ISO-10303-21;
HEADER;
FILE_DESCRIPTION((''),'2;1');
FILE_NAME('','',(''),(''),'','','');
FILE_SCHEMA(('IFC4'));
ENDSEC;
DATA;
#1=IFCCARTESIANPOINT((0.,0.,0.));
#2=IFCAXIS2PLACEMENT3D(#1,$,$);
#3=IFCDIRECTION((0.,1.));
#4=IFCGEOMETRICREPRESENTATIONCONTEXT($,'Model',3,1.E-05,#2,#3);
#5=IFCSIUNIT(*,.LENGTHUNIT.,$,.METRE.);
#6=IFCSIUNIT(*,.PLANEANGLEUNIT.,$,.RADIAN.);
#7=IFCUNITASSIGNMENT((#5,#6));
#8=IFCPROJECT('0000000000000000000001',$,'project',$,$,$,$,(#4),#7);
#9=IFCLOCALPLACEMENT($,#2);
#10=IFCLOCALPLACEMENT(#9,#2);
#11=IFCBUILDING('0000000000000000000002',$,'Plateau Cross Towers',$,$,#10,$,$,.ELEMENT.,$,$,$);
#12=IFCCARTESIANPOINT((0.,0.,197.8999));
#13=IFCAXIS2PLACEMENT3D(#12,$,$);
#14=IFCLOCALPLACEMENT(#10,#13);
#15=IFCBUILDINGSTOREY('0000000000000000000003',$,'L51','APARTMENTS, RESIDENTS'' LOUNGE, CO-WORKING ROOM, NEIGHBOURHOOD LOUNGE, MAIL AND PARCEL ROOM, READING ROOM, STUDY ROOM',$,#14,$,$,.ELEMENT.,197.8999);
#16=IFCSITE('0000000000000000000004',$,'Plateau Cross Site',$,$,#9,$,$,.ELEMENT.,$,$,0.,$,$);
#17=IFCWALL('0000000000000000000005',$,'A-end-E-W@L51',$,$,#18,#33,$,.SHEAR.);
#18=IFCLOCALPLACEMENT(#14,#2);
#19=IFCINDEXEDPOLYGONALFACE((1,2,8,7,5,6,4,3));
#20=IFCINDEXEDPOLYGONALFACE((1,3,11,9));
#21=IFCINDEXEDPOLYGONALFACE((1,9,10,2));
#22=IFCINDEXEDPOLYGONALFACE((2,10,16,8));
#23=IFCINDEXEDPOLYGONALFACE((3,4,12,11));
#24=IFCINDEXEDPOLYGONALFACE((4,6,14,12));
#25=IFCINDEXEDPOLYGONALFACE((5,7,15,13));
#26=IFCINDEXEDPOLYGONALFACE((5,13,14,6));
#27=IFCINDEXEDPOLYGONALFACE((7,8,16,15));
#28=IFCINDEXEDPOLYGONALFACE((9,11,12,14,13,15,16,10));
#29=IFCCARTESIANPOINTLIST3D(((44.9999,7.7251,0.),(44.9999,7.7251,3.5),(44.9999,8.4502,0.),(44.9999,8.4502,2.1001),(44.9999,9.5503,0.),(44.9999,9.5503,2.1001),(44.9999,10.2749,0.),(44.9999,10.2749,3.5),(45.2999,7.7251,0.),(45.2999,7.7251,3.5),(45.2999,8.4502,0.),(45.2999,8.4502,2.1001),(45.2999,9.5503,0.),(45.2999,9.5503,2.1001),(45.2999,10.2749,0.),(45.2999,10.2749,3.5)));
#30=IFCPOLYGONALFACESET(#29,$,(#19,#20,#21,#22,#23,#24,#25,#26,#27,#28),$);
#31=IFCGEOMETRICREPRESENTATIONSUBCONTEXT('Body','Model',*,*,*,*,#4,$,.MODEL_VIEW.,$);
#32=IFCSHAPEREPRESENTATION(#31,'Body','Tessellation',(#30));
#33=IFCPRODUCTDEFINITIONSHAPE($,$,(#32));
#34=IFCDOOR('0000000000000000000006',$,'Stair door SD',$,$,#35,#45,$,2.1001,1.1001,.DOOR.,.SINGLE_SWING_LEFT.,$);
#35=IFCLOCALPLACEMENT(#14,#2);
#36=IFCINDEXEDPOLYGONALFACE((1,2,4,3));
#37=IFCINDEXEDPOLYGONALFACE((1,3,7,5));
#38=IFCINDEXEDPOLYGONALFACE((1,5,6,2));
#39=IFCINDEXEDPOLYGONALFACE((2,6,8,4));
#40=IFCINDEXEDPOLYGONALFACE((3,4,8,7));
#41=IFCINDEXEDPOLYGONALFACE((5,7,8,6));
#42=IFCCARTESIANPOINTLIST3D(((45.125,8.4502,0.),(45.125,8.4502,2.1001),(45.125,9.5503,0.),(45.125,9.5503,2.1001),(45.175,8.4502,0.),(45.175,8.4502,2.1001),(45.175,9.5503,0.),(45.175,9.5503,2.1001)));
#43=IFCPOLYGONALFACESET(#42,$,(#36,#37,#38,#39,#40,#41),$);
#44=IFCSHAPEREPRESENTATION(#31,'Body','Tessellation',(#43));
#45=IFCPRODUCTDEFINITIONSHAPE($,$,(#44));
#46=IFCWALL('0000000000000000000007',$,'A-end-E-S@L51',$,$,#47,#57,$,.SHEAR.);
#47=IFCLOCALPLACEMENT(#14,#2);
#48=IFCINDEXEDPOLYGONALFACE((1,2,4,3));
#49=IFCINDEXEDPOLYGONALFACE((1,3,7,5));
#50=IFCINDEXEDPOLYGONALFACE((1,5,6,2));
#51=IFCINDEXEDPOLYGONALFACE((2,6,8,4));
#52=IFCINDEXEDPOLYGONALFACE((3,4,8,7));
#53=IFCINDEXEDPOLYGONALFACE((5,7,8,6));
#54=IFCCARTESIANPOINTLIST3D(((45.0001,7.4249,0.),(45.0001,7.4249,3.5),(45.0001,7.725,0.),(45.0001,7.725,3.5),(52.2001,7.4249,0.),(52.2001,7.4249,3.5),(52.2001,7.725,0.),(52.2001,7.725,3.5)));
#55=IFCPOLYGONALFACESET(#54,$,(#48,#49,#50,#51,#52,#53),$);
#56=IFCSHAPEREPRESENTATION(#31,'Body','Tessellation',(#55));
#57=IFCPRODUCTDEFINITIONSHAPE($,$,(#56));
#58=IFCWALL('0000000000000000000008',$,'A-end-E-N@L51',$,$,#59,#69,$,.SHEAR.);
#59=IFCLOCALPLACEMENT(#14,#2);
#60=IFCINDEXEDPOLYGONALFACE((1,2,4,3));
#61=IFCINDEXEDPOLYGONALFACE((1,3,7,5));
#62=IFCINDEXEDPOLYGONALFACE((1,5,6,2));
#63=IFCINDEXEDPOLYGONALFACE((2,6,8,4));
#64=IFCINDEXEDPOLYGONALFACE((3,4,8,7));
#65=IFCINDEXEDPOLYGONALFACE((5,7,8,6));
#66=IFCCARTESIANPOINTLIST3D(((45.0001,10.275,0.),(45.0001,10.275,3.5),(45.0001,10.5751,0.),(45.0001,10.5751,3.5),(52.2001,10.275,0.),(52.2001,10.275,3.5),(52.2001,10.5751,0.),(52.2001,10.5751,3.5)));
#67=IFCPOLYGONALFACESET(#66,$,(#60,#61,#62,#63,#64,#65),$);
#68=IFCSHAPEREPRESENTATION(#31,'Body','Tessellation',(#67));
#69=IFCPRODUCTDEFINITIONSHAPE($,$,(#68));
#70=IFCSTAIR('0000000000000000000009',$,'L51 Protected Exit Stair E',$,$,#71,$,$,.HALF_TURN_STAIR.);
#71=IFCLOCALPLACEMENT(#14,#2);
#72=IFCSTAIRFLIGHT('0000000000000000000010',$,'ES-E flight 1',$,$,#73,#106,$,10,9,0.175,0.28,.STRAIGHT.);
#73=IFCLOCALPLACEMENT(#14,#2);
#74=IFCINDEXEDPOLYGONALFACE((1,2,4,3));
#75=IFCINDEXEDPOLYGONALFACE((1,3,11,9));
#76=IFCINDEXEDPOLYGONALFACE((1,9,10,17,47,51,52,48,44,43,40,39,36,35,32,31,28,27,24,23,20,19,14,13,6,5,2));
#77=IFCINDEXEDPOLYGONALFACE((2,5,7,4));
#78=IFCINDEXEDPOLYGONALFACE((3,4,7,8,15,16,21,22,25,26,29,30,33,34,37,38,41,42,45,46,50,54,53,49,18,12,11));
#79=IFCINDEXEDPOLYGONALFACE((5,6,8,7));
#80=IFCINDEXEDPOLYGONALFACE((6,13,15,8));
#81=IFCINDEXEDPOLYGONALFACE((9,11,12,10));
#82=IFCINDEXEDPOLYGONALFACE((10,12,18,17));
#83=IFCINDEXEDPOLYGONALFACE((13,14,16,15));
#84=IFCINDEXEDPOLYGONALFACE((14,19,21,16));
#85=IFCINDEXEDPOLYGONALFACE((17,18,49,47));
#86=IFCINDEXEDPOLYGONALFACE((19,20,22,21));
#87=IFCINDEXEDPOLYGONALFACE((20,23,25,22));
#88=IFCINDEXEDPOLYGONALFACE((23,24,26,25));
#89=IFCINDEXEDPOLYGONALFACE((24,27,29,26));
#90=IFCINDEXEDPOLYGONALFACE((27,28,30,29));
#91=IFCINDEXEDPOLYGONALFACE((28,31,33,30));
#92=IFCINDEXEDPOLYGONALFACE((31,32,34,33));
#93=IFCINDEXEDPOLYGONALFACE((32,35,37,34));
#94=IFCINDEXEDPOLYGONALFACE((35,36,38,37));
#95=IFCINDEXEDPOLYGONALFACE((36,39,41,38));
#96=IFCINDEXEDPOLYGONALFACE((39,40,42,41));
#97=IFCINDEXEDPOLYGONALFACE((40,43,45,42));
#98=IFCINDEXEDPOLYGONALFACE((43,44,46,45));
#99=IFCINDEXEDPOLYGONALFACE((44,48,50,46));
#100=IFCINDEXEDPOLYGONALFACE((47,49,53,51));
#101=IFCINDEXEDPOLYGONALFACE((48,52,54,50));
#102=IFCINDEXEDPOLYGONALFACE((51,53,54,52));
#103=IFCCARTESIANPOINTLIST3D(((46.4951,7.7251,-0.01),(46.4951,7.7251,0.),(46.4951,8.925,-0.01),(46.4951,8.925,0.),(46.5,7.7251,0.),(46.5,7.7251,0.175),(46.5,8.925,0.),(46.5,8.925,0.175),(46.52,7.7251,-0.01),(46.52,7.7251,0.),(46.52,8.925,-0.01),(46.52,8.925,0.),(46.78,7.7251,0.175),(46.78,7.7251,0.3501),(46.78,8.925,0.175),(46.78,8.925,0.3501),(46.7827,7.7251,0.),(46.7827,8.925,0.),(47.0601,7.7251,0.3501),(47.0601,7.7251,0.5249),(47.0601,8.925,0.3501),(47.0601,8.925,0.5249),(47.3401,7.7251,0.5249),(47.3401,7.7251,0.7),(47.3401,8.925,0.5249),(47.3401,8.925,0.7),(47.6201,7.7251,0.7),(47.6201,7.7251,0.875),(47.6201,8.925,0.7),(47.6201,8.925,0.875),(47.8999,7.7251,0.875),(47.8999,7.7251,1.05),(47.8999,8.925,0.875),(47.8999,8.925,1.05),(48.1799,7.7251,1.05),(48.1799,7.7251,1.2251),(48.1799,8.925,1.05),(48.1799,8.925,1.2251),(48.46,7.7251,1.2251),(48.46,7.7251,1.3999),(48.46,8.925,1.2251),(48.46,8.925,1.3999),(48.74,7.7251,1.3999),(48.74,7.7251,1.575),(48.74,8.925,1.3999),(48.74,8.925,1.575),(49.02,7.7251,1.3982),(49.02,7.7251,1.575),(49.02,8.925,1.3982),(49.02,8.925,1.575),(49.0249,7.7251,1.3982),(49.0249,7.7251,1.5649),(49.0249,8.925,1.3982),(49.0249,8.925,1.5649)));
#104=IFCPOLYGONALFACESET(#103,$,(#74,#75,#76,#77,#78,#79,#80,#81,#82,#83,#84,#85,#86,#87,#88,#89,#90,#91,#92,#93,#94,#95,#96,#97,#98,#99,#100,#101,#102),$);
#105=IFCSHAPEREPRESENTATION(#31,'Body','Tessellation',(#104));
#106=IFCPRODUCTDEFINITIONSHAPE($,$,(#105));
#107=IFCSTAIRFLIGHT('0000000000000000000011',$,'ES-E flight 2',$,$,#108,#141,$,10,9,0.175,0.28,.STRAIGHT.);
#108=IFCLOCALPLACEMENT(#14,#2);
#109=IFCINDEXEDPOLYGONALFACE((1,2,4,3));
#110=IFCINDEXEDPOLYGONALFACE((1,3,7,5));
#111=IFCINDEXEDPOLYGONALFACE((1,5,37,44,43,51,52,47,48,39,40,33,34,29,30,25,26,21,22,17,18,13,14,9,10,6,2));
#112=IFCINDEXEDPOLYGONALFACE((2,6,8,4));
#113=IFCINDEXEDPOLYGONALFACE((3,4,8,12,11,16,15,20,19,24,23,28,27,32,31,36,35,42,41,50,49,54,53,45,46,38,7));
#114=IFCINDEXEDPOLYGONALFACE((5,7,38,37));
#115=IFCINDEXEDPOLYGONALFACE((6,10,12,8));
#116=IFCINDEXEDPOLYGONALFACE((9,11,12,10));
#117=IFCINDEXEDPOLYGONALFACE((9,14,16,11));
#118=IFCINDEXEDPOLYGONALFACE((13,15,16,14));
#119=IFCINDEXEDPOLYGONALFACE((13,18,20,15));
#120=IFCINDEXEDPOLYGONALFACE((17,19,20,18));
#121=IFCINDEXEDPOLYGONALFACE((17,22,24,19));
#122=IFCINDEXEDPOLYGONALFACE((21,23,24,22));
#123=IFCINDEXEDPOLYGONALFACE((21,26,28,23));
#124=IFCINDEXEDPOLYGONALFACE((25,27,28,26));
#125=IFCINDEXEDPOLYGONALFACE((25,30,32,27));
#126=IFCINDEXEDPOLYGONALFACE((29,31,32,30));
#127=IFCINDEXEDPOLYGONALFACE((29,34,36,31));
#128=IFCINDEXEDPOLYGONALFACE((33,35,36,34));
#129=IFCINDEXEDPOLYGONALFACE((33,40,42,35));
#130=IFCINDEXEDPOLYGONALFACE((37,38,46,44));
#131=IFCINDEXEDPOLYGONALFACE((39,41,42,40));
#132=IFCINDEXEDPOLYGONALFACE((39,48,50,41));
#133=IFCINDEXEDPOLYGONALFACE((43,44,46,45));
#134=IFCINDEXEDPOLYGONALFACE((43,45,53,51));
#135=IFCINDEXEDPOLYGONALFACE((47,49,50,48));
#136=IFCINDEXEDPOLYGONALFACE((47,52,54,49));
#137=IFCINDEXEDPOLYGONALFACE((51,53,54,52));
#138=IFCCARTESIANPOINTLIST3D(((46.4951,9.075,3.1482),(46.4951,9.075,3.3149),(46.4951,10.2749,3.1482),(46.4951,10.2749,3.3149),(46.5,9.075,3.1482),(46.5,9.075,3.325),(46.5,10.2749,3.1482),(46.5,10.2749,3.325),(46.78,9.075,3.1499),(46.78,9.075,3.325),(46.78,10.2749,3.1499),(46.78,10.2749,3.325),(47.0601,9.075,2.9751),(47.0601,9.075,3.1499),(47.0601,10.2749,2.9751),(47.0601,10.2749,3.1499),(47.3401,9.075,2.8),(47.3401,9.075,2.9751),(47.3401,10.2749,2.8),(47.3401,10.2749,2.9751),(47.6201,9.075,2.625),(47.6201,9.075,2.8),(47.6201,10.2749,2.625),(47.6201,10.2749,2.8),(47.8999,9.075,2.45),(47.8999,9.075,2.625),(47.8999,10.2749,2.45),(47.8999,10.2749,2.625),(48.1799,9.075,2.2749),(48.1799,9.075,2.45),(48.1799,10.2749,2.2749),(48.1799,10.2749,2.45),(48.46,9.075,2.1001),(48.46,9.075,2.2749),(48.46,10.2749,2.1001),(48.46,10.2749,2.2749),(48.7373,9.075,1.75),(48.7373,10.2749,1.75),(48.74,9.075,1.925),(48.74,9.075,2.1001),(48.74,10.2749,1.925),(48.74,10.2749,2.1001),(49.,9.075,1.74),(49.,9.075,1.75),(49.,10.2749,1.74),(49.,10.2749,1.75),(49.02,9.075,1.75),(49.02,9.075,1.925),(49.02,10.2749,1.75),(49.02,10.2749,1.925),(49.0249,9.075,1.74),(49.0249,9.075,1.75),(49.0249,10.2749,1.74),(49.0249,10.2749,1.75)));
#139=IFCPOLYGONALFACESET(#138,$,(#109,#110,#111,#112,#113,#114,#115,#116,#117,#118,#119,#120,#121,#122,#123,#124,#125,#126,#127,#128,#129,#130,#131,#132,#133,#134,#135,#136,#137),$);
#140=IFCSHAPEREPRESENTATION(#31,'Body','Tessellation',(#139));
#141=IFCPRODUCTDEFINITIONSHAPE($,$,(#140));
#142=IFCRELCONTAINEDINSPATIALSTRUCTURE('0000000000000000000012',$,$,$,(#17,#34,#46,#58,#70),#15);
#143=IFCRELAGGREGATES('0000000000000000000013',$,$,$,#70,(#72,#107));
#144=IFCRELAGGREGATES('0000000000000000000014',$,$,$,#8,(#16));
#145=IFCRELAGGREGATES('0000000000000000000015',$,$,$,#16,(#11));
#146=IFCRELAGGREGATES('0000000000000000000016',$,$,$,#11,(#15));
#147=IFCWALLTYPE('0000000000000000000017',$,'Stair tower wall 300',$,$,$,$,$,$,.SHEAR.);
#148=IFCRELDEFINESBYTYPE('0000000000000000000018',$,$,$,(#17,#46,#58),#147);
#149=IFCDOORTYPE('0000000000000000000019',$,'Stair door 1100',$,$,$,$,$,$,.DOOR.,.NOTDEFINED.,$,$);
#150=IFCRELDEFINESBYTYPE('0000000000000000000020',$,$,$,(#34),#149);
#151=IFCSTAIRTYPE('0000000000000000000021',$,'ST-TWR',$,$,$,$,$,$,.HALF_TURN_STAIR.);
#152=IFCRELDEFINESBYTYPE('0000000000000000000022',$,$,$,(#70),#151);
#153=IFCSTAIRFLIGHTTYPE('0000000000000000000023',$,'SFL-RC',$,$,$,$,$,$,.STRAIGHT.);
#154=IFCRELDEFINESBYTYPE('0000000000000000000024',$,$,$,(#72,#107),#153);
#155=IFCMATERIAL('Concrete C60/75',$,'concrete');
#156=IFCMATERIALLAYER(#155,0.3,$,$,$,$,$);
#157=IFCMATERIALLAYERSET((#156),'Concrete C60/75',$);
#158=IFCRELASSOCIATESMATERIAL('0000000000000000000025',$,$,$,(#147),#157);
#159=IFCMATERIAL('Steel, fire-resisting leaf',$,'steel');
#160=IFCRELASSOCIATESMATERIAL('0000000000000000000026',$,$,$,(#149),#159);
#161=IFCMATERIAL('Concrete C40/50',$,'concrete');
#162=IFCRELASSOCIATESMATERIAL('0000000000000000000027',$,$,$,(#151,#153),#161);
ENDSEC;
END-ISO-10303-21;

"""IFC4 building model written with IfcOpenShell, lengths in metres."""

from ifc_helpers import new_model, si_unit, direction, frame, frame_2d, origin, place, context, subcontext, project, spatial, polyline, rectangle, outline, extrude, material, layer, layer_set, type_object, element, fill, aggregate, save


model = new_model("IFC4")

# Units and contexts
model_context = context("Model", 3, precision=1e-05, world=origin(), true_north=direction((0.0, 1.0)))
body_context = subcontext(model_context, "Body", "Model", "MODEL_VIEW")
ifc_project = project(units=[si_unit("LENGTHUNIT", "METRE"), si_unit("PLANEANGLEUNIT", "RADIAN")], contexts=[model_context])

# Site, building, storey
site_placement = place(None, origin())
site = spatial("IfcSite", under=ifc_project, at=site_placement, Name="Plateau Cross Site", CompositionType="ELEMENT", RefElevation=0.0)
building_placement = place(site_placement, origin())
building = spatial("IfcBuilding", under=site, at=building_placement, Name="Plateau Cross Towers", CompositionType="ELEMENT")
storey_placement = place(building_placement, frame((0.0, 0.0, 197.8999)))
storey = spatial("IfcBuildingStorey", under=building, at=storey_placement, Name="L51", Description="APARTMENTS, RESIDENTS' LOUNGE, CO-WORKING ROOM, NEIGHBOURHOOD LOUNGE, MAIL AND PARCEL ROOM, READING ROOM, STUDY ROOM", CompositionType="ELEMENT", Elevation=197.8999)

# Wall, opening, door
ifc_material_1 = material(Name="Concrete C60/75", Category="concrete")
ifc_layer_1 = layer(ifc_material_1, 0.3)
ifc_layer_set_1 = layer_set([ifc_layer_1], Name="Concrete C60/75")
wall_type_1 = type_object("IfcWallType", Name="Stair tower wall 300", PredefinedType="SHEAR", material=ifc_layer_set_1)
wall_1_placement = place(storey_placement, frame((45.1499, 7.7251, 0.0), z_axis=(0.0, 0.0, 1.0), x_axis=(0.0, 1.0, 0.0)))
wall_1 = element("IfcWall", 1, at=wall_1_placement, inside=storey, type_object=wall_type_1, Name="A-end-E-W@L51", PredefinedType="SHEAR", context=body_context, shape_type="SweptSolid", body=[
    extrude(rectangle(XDim=2.5498, YDim=0.3, at=frame_2d((1.2749, 0.0))), origin(), (0.0, 0.0, 1.0), 3.5),
])
opening_1_placement = place(wall_1_placement, frame((0.7251, 0.0, 0.0)))
opening_1 = element("IfcOpeningElement", 2, at=opening_1_placement, cuts=wall_1, PredefinedType="OPENING", context=body_context, shape_type="SweptSolid", body=[
    extrude(rectangle(XDim=1.1001, YDim=2.1001, at=frame_2d((0.55, 1.05))), frame((0.0, 0.1599, 0.0), z_axis=(0.0, -1.0, 0.0), x_axis=(1.0, 0.0, 0.0)), (0.0, 0.0, 1.0), 0.3201),
])
ifc_material_2 = material(Name="Steel, fire-resisting leaf", Category="steel")
door_type_1 = type_object("IfcDoorType", Name="Stair door 1100", OperationType="NOTDEFINED", PredefinedType="DOOR", material=ifc_material_2)
door_1_placement = place(opening_1_placement, origin())
door_1 = element("IfcDoor", 3, at=door_1_placement, inside=storey, type_object=door_type_1, Name="Stair door SD", OperationType="SINGLE_SWING_LEFT", OverallHeight=2.1001, OverallWidth=1.1001, PredefinedType="DOOR", context=body_context, shape_type="SweptSolid", body=[
    extrude(rectangle(XDim=1.1001, YDim=2.1001, at=frame_2d((0.55, 1.05))), frame((0.0, 0.0249, 0.0), z_axis=(0.0, -1.0, 0.0), x_axis=(1.0, 0.0, 0.0)), (0.0, 0.0, 1.0), 0.05),
])
fill(opening_1, door_1)

# Walls
for number, where, z_axis, x_axis, name in (
    (4, (45.0, 7.575, 0.0), (0.0, 0.0, 1.0), (1.0, 0.0, 0.0), "A-end-E-S@L51"),
    (5, (45.0, 10.425, 0.0), (0.0, 0.0, 1.0), (1.0, 0.0, 0.0), "A-end-E-N@L51"),
):
    element("IfcWall", number, at=place(storey_placement, frame(where, z_axis=z_axis, x_axis=x_axis)), inside=storey, type_object=wall_type_1, Name=name, PredefinedType="SHEAR", context=body_context, shape_type="SweptSolid", body=[
        extrude(rectangle(XDim=7.2, YDim=0.3, at=frame_2d((3.6001, 0.0))), origin(), (0.0, 0.0, 1.0), 3.5),
    ])

# Stair, stair flights
ifc_material_3 = material(Name="Concrete C40/50", Category="concrete")
stair_type = type_object("IfcStairType", Name="ST-TWR", PredefinedType="HALF_TURN_STAIR", material=ifc_material_3)
stair_placement = place(storey_placement, origin())
stair = element("IfcStair", 6, at=stair_placement, inside=storey, type_object=stair_type, Name="L51 Protected Exit Stair E", PredefinedType="HALF_TURN_STAIR")
stair_flight_type = type_object("IfcStairFlightType", Name="SFL-RC", PredefinedType="STRAIGHT", material=ifc_material_3)
stair_flight_1_placement = place(storey_placement, frame((46.5, 8.325, 0.0), z_axis=(0.0, 0.0, 1.0), x_axis=(1.0, 0.0, 0.0)))
stair_flight_1 = element("IfcStairFlight", 7, at=stair_flight_1_placement, type_object=stair_flight_type, Name="ES-E flight 1", NumberOfRisers=10, NumberOfTreads=9, PredefinedType="STRAIGHT", RiserHeight=0.175, TreadLength=0.28, context=body_context, shape_type="SweptSolid", body=[
    extrude(outline(polyline([(-0.0049, -0.01), (-0.0049, 0.0), (0.0, 0.0), (0.0, 0.175), (0.28, 0.175), (0.28, 0.3501), (0.5601, 0.3501), (0.5601, 0.5249), (0.8401, 0.5249), (0.8401, 0.7), (1.1201, 0.7), (1.1201, 0.875), (1.3999, 0.875), (1.3999, 1.05), (1.6799, 1.05), (1.6799, 1.2251), (1.96, 1.2251), (1.96, 1.3999), (2.24, 1.3999), (2.24, 1.575), (2.52, 1.575), (2.5249, 1.5649), (2.5249, 1.3982), (2.52, 1.3982), (0.2827, 0.0), (0.02, 0.0), (0.02, -0.01), (-0.0049, -0.01)])), frame((0.0, 0.6001, 0.0), z_axis=(0.0, -1.0, 0.0), x_axis=(1.0, 0.0, 0.0)), (0.0, 0.0, 1.0), 1.2),
])
stair_flight_2_placement = place(storey_placement, frame((49.02, 9.675, 1.75), z_axis=(0.0, 0.0, 1.0), x_axis=(-1.0, 0.0, 0.0)))
stair_flight_2 = element("IfcStairFlight", 8, at=stair_flight_2_placement, type_object=stair_flight_type, Name="ES-E flight 2", NumberOfRisers=10, NumberOfTreads=9, PredefinedType="STRAIGHT", RiserHeight=0.175, TreadLength=0.28, context=body_context, shape_type="SweptSolid", body=[
    extrude(outline(polyline([(-0.0049, -0.01), (-0.0049, 0.0), (0.0, 0.0), (0.0, 0.175), (0.28, 0.175), (0.28, 0.3501), (0.5601, 0.3501), (0.5601, 0.5249), (0.8401, 0.5249), (0.8401, 0.7), (1.1201, 0.7), (1.1201, 0.875), (1.3999, 0.875), (1.3999, 1.05), (1.6799, 1.05), (1.6799, 1.2251), (1.96, 1.2251), (1.96, 1.3999), (2.24, 1.3999), (2.24, 1.575), (2.52, 1.575), (2.5249, 1.5649), (2.5249, 1.3982), (2.52, 1.3982), (0.2827, 0.0), (0.02, 0.0), (0.02, -0.01), (-0.0049, -0.01)])), frame((0.0, 0.6001, 0.0), z_axis=(0.0, -1.0, 0.0), x_axis=(1.0, 0.0, 0.0)), (0.0, 0.0, 1.0), 1.2),
])
aggregate(stair, [stair_flight_1, stair_flight_2])

save(model, "model.ifc")
